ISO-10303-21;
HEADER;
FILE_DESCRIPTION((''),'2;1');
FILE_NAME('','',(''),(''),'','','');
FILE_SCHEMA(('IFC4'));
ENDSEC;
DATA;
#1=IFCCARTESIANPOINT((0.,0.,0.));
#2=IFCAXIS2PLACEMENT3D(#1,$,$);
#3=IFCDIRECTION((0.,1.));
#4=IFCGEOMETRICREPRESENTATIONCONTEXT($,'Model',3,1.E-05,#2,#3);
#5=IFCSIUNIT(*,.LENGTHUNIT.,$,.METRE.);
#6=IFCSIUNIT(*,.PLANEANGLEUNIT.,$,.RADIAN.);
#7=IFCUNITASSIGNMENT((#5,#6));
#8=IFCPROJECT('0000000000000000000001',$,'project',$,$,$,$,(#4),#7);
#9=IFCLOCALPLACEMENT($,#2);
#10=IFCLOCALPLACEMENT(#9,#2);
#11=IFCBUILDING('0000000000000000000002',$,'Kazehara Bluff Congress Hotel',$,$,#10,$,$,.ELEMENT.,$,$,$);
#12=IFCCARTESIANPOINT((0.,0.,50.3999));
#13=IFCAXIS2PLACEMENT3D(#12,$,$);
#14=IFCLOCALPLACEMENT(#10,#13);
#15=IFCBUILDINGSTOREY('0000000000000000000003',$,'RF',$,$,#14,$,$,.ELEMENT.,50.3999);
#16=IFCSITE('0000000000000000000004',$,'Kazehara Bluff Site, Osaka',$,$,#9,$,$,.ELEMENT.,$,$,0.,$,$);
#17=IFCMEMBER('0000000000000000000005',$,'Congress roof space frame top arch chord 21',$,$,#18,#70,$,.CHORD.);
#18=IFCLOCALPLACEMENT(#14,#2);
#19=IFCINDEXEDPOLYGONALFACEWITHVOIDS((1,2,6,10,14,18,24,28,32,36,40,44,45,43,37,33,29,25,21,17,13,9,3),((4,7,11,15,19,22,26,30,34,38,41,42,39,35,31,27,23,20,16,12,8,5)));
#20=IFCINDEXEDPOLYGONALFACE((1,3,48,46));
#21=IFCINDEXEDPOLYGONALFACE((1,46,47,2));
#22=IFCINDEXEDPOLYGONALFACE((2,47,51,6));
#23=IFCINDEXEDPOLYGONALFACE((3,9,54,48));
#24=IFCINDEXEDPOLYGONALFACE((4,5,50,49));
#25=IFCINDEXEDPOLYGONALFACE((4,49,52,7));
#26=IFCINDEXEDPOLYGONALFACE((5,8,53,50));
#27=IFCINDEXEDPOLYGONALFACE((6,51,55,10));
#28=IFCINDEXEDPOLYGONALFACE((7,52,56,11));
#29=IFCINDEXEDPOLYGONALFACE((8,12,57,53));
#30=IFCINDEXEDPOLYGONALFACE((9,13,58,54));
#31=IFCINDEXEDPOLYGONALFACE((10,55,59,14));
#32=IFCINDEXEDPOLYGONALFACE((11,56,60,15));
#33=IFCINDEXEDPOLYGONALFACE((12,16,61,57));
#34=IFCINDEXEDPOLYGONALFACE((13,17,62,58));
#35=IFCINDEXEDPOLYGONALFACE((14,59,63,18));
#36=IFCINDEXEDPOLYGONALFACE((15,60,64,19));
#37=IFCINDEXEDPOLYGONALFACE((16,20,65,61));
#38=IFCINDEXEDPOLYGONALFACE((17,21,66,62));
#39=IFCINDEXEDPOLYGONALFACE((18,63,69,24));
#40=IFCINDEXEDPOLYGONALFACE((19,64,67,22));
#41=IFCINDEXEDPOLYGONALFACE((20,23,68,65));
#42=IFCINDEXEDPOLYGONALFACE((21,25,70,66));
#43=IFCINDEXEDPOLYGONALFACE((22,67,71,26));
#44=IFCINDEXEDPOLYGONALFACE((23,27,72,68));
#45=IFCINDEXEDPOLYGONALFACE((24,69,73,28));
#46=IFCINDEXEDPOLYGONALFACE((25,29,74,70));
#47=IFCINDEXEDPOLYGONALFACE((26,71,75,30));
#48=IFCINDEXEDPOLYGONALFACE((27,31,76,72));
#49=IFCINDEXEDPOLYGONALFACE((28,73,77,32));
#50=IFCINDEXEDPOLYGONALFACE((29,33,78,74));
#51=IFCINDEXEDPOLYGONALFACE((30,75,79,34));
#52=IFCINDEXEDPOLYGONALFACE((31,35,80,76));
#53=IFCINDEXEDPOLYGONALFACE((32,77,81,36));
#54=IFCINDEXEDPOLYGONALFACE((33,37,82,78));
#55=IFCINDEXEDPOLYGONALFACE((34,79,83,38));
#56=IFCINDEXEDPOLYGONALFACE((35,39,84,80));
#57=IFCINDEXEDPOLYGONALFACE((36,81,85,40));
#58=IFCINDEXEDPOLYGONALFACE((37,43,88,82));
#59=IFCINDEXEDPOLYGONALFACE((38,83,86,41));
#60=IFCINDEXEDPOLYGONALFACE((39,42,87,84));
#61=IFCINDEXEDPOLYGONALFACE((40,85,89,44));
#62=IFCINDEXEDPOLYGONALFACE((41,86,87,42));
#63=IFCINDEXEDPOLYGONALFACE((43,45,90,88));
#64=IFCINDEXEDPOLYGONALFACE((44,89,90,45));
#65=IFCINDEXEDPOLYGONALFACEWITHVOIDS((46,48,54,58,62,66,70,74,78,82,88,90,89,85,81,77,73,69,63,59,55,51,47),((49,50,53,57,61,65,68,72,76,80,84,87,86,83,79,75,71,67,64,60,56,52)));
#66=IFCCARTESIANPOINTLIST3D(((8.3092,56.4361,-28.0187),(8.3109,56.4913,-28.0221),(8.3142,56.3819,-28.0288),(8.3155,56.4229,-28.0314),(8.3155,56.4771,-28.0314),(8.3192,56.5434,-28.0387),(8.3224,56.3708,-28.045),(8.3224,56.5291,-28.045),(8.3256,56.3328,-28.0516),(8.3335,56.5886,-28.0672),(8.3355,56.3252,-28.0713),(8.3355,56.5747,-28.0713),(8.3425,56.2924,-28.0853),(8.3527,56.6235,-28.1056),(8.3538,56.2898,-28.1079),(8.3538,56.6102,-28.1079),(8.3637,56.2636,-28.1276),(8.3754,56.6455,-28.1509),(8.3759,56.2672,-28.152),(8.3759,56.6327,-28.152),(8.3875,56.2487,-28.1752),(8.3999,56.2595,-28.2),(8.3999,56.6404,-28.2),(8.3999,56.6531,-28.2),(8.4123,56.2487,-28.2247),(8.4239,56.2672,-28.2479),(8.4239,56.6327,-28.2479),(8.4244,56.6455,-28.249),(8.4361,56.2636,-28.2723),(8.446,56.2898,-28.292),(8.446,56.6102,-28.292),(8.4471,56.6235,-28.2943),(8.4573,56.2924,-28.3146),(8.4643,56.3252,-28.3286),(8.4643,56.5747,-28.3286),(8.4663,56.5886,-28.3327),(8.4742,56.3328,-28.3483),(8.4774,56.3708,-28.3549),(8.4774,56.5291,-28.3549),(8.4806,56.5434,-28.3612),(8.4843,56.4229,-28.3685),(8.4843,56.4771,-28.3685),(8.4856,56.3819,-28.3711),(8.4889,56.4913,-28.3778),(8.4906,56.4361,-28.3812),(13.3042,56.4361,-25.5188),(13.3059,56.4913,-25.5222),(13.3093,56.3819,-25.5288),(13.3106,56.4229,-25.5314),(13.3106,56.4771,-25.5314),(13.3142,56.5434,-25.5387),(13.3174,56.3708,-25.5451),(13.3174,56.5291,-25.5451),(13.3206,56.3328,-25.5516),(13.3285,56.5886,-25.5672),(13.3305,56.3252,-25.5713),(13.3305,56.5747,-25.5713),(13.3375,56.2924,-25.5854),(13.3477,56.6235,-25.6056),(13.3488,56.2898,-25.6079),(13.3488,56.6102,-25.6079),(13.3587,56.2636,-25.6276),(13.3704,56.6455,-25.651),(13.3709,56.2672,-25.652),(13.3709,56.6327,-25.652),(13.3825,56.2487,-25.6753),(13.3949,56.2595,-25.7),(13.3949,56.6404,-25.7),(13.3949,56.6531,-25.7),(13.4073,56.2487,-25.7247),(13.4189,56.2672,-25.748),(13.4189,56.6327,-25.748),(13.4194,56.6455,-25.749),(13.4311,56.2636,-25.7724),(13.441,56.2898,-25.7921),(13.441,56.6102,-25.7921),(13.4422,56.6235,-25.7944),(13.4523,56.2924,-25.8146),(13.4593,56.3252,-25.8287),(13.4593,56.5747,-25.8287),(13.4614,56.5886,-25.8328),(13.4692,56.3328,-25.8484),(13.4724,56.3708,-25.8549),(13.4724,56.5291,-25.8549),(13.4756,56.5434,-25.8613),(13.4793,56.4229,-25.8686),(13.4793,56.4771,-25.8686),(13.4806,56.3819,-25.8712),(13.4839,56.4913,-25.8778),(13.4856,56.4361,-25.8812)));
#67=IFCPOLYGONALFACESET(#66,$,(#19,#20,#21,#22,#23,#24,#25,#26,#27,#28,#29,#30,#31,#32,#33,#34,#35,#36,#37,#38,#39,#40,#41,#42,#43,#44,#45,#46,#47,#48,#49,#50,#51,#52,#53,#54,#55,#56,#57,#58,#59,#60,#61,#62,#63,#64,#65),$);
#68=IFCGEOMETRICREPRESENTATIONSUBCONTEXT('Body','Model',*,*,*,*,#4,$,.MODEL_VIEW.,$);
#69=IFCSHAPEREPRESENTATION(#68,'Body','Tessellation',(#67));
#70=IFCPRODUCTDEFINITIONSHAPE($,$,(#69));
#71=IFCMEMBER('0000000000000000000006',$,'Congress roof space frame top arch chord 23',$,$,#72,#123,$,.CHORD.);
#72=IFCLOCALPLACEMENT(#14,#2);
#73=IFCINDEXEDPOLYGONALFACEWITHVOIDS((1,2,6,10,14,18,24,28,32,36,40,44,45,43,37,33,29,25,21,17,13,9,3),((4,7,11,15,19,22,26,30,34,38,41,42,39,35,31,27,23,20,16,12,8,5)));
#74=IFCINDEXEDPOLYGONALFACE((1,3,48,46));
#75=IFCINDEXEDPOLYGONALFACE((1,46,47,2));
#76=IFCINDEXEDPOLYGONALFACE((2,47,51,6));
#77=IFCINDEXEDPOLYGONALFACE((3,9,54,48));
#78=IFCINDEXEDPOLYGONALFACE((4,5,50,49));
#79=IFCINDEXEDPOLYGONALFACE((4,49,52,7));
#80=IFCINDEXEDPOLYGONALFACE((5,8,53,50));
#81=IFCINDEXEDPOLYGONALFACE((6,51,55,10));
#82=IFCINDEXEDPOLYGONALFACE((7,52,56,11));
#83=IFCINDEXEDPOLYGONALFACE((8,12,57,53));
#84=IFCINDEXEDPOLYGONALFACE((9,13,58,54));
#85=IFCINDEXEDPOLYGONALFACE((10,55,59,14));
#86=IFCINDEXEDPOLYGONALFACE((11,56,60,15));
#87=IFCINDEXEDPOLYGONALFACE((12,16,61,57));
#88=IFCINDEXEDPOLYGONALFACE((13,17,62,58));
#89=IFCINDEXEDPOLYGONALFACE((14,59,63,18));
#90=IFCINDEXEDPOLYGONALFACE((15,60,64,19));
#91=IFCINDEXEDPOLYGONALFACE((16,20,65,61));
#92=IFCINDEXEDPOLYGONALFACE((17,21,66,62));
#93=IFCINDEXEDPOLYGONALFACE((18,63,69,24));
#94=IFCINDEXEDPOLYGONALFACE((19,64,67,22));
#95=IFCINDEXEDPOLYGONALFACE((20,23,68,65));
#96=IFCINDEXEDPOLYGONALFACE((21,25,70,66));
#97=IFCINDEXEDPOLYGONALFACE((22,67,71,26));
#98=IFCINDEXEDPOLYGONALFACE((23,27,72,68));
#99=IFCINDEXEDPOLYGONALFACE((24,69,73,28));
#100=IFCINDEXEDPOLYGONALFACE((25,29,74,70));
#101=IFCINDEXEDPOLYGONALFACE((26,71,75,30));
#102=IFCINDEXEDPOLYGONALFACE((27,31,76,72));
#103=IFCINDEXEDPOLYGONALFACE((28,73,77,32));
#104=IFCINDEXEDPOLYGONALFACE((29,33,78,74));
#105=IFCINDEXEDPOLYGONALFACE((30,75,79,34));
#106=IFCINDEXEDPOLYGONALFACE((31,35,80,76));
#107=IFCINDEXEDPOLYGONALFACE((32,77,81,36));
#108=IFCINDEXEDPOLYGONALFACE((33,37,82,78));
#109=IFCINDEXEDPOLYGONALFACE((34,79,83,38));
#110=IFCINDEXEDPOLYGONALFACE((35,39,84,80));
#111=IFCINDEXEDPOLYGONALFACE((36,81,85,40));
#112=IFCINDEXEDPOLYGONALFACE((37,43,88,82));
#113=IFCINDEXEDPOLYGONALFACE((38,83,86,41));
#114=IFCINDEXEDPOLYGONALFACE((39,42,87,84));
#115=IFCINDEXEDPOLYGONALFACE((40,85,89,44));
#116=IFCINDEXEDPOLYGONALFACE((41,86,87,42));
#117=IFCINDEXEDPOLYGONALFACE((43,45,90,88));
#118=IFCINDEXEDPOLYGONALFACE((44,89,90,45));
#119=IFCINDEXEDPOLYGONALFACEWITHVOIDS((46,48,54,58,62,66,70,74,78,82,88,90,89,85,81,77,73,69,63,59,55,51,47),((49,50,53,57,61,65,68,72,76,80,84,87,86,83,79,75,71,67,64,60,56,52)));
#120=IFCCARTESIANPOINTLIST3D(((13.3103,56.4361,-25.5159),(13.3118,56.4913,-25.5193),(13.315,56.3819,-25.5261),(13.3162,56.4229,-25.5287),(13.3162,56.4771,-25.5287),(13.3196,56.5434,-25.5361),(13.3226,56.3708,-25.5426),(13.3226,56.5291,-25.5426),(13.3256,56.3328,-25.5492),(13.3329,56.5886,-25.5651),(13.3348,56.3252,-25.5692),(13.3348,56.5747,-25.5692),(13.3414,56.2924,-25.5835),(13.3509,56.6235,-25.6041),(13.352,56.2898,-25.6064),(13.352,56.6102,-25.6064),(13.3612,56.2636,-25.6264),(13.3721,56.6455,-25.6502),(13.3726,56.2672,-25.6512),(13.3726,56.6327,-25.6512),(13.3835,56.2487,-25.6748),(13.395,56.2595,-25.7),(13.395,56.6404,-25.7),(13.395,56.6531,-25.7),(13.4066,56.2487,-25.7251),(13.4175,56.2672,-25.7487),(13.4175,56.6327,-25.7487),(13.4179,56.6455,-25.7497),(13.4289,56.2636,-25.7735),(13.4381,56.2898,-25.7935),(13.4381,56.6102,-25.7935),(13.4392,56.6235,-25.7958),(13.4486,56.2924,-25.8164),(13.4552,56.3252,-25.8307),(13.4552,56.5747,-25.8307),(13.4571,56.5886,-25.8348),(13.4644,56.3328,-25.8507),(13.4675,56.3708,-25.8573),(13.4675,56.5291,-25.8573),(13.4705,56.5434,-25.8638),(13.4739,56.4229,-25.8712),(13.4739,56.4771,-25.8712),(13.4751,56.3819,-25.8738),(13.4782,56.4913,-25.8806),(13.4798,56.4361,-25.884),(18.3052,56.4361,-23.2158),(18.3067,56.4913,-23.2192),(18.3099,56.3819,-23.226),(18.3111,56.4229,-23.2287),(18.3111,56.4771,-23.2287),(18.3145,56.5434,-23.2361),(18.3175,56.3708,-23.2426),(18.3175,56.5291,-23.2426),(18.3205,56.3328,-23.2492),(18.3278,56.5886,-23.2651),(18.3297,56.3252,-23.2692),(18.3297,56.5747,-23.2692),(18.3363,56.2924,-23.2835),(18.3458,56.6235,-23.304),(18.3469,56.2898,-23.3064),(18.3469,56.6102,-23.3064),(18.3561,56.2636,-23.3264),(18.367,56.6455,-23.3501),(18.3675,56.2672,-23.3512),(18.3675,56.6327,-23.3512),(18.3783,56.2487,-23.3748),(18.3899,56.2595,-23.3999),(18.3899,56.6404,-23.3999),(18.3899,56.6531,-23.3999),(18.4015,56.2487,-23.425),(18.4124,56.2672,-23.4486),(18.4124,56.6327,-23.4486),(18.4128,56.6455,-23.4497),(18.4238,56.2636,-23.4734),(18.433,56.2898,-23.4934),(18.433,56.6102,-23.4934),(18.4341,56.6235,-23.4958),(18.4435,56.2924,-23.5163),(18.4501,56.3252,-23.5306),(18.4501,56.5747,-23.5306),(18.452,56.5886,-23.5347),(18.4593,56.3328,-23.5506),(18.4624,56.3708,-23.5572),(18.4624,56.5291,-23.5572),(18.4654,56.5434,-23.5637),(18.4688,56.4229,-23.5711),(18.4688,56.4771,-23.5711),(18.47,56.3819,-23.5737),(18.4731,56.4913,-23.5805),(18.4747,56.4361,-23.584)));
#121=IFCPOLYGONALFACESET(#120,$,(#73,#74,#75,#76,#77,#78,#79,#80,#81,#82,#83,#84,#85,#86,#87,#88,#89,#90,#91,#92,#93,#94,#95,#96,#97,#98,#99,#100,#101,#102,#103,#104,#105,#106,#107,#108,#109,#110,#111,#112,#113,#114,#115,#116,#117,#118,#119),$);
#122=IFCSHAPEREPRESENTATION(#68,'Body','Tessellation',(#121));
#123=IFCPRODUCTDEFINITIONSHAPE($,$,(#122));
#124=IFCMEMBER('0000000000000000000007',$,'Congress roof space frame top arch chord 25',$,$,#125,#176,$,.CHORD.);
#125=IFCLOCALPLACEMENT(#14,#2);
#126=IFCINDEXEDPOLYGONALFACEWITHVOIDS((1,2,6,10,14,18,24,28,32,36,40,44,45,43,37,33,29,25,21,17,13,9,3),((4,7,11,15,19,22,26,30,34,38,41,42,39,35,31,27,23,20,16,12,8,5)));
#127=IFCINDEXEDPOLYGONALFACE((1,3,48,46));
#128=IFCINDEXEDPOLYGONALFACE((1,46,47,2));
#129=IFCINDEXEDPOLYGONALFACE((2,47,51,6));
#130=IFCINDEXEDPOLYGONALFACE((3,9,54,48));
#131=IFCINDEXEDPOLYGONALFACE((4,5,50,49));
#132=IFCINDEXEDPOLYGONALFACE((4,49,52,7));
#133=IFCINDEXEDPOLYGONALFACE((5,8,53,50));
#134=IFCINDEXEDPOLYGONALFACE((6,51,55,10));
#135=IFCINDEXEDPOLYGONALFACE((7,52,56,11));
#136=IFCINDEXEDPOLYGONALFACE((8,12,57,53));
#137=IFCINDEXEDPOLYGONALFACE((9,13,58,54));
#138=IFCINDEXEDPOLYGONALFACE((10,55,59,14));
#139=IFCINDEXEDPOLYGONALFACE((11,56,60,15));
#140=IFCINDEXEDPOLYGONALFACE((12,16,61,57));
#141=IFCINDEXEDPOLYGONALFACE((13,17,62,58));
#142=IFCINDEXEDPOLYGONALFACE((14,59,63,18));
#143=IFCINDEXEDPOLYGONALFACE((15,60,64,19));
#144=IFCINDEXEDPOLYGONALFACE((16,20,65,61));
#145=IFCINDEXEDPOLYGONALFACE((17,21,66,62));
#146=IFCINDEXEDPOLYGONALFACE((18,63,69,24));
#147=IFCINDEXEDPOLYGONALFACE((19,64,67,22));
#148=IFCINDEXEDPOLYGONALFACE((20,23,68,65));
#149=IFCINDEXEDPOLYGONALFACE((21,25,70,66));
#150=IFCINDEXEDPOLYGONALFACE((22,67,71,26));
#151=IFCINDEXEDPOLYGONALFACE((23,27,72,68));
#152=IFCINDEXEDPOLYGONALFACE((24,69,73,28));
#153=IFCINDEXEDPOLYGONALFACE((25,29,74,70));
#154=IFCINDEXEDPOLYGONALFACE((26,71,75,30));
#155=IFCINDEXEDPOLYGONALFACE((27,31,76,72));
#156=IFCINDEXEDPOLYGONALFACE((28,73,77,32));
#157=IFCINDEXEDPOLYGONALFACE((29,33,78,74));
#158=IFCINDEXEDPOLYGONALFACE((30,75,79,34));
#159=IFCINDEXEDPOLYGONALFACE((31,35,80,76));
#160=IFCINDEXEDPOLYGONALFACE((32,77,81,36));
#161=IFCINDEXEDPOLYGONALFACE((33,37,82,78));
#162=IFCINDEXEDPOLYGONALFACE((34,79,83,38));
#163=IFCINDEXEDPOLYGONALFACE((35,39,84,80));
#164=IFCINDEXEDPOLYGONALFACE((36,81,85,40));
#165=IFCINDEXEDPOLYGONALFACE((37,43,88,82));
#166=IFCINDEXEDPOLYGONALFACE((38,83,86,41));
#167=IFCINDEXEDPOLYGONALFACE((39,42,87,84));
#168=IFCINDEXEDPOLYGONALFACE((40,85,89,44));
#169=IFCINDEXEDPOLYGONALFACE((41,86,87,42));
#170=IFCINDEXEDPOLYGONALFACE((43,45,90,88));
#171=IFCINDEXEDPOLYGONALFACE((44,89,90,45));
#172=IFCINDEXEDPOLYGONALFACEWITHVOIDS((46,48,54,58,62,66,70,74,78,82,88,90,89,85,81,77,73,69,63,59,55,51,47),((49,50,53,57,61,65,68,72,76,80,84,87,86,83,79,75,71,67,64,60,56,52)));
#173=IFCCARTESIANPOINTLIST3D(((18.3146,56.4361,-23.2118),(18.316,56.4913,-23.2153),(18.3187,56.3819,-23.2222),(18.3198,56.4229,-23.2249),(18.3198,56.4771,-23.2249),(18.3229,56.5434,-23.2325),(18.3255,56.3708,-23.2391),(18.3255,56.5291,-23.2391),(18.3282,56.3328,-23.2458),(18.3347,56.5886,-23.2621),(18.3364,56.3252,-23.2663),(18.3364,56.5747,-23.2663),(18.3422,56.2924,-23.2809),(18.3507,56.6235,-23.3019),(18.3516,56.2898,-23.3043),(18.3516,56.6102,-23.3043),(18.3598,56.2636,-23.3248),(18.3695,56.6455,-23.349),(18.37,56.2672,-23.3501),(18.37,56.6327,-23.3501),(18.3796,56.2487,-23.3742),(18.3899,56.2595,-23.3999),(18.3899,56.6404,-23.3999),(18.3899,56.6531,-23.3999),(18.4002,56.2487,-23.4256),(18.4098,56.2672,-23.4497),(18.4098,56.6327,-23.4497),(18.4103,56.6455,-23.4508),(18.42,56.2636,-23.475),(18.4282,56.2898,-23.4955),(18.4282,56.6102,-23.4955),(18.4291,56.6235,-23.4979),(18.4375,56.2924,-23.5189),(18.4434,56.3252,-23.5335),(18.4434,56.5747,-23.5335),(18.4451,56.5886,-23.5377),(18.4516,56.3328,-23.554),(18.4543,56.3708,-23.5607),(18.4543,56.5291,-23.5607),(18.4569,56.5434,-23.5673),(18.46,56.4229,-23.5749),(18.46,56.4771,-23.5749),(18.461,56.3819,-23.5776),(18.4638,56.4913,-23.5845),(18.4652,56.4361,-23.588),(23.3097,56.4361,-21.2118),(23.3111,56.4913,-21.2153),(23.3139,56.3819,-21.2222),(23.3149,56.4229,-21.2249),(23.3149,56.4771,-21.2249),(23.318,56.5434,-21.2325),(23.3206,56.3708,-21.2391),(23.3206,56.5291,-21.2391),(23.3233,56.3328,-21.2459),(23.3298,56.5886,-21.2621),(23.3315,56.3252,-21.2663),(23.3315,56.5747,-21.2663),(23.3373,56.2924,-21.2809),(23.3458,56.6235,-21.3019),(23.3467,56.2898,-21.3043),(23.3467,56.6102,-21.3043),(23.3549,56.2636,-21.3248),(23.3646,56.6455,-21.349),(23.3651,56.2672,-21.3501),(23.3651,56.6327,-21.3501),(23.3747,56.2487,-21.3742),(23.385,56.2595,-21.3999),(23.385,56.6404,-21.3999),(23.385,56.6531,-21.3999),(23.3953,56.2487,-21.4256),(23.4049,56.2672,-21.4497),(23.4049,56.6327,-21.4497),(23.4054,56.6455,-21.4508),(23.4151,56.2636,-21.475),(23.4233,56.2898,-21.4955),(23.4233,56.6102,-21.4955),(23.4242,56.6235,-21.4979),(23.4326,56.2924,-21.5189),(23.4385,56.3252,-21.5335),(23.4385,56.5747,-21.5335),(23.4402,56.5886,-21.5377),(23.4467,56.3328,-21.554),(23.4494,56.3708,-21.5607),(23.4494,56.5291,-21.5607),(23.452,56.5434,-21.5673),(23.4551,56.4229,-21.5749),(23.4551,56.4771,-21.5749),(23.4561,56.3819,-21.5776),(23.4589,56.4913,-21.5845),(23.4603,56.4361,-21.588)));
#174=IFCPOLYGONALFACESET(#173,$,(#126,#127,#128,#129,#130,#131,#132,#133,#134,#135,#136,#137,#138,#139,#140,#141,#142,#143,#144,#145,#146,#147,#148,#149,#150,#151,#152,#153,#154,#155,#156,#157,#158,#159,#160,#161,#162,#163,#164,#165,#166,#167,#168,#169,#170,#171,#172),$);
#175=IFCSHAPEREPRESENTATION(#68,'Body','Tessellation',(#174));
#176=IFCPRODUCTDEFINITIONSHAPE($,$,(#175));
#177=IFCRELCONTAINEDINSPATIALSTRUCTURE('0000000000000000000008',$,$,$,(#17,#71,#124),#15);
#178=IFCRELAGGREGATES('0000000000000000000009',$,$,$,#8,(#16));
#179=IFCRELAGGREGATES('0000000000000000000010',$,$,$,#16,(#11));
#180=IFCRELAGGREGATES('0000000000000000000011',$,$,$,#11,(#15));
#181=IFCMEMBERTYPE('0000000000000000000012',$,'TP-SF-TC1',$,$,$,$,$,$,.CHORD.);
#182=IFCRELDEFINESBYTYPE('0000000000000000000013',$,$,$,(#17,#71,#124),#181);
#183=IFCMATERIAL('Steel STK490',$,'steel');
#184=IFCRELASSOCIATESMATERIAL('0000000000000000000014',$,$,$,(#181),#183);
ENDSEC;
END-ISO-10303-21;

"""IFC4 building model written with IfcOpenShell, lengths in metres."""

from ifc_helpers import new_model, si_unit, direction, frame, origin, origin_2d, place, context, subcontext, project, spatial, hollow_circle, extrude, material, material_profile, profile_set, type_object, element, save


model = new_model("IFC4")

# Units and contexts
model_context = context("Model", 3, precision=1e-05, world=origin(), true_north=direction((0.0, 1.0)))
body_context = subcontext(model_context, "Body", "Model", "MODEL_VIEW")
ifc_project = project(units=[si_unit("LENGTHUNIT", "METRE"), si_unit("PLANEANGLEUNIT", "RADIAN")], contexts=[model_context])

# Site, building, storey
site_placement = place(None, origin())
site = spatial("IfcSite", under=ifc_project, at=site_placement, Name="Kazehara Bluff Site, Osaka", CompositionType="ELEMENT", RefElevation=0.0)
building_placement = place(site_placement, origin())
building = spatial("IfcBuilding", under=site, at=building_placement, Name="Kazehara Bluff Congress Hotel", CompositionType="ELEMENT")
storey_placement = place(building_placement, frame((0.0, 0.0, 50.3999)))
storey = spatial("IfcBuildingStorey", under=building, at=storey_placement, Name="RF", CompositionType="ELEMENT", Elevation=50.3999)

# Members
ifc_material_1 = material(Name="Steel STK490", Category="steel")
ifc_material_profile_1 = material_profile(ifc_material_1, hollow_circle(Radius=0.2031, WallThickness=0.0127, at=origin_2d()))
ifc_profile_set_1 = profile_set([ifc_material_profile_1], Name="Steel STK490")
member_type_1 = type_object("IfcMemberType", Name="TP-SF-TC1", PredefinedType="CHORD", material=ifc_profile_set_1)
member_1_placement = place(storey_placement, frame((8.3999, 56.45, -28.2), z_axis=(0.894252, 0.0, 0.447563), x_axis=(0.0, 1.0, 0.0)))
element("IfcMember", 1, at=member_1_placement, inside=storey, type_object=member_type_1, Name="Congress roof space frame top arch chord 21", PredefinedType="CHORD", context=body_context, shape_type="SweptSolid", body=[
    extrude(hollow_circle(Radius=0.2031, WallThickness=0.0127, at=origin_2d()), origin(), (0.0, 0.0, 1.0), 5.5857),
])
member_2_placement = place(storey_placement, frame((13.395, 56.45, -25.7), z_axis=(0.908324, 0.0, 0.418267), x_axis=(0.0, 1.0, 0.0)))
element("IfcMember", 2, at=member_2_placement, inside=storey, type_object=member_type_1, Name="Congress roof space frame top arch chord 23", PredefinedType="CHORD", context=body_context, shape_type="SweptSolid", body=[
    extrude(hollow_circle(Radius=0.2031, WallThickness=0.0127, at=origin_2d()), origin(), (0.0, 0.0, 1.0), 5.499),
])
member_3_placement = place(storey_placement, frame((18.3899, 56.45, -23.3999), z_axis=(0.928351, 0.0, 0.371704), x_axis=(0.0, 1.0, 0.0)))
element("IfcMember", 3, at=member_3_placement, inside=storey, type_object=member_type_1, Name="Congress roof space frame top arch chord 25", PredefinedType="CHORD", context=body_context, shape_type="SweptSolid", body=[
    extrude(hollow_circle(Radius=0.2031, WallThickness=0.0127, at=origin_2d()), origin(), (0.0, 0.0, 1.0), 5.3806),
])

save(model, "model.ifc")
